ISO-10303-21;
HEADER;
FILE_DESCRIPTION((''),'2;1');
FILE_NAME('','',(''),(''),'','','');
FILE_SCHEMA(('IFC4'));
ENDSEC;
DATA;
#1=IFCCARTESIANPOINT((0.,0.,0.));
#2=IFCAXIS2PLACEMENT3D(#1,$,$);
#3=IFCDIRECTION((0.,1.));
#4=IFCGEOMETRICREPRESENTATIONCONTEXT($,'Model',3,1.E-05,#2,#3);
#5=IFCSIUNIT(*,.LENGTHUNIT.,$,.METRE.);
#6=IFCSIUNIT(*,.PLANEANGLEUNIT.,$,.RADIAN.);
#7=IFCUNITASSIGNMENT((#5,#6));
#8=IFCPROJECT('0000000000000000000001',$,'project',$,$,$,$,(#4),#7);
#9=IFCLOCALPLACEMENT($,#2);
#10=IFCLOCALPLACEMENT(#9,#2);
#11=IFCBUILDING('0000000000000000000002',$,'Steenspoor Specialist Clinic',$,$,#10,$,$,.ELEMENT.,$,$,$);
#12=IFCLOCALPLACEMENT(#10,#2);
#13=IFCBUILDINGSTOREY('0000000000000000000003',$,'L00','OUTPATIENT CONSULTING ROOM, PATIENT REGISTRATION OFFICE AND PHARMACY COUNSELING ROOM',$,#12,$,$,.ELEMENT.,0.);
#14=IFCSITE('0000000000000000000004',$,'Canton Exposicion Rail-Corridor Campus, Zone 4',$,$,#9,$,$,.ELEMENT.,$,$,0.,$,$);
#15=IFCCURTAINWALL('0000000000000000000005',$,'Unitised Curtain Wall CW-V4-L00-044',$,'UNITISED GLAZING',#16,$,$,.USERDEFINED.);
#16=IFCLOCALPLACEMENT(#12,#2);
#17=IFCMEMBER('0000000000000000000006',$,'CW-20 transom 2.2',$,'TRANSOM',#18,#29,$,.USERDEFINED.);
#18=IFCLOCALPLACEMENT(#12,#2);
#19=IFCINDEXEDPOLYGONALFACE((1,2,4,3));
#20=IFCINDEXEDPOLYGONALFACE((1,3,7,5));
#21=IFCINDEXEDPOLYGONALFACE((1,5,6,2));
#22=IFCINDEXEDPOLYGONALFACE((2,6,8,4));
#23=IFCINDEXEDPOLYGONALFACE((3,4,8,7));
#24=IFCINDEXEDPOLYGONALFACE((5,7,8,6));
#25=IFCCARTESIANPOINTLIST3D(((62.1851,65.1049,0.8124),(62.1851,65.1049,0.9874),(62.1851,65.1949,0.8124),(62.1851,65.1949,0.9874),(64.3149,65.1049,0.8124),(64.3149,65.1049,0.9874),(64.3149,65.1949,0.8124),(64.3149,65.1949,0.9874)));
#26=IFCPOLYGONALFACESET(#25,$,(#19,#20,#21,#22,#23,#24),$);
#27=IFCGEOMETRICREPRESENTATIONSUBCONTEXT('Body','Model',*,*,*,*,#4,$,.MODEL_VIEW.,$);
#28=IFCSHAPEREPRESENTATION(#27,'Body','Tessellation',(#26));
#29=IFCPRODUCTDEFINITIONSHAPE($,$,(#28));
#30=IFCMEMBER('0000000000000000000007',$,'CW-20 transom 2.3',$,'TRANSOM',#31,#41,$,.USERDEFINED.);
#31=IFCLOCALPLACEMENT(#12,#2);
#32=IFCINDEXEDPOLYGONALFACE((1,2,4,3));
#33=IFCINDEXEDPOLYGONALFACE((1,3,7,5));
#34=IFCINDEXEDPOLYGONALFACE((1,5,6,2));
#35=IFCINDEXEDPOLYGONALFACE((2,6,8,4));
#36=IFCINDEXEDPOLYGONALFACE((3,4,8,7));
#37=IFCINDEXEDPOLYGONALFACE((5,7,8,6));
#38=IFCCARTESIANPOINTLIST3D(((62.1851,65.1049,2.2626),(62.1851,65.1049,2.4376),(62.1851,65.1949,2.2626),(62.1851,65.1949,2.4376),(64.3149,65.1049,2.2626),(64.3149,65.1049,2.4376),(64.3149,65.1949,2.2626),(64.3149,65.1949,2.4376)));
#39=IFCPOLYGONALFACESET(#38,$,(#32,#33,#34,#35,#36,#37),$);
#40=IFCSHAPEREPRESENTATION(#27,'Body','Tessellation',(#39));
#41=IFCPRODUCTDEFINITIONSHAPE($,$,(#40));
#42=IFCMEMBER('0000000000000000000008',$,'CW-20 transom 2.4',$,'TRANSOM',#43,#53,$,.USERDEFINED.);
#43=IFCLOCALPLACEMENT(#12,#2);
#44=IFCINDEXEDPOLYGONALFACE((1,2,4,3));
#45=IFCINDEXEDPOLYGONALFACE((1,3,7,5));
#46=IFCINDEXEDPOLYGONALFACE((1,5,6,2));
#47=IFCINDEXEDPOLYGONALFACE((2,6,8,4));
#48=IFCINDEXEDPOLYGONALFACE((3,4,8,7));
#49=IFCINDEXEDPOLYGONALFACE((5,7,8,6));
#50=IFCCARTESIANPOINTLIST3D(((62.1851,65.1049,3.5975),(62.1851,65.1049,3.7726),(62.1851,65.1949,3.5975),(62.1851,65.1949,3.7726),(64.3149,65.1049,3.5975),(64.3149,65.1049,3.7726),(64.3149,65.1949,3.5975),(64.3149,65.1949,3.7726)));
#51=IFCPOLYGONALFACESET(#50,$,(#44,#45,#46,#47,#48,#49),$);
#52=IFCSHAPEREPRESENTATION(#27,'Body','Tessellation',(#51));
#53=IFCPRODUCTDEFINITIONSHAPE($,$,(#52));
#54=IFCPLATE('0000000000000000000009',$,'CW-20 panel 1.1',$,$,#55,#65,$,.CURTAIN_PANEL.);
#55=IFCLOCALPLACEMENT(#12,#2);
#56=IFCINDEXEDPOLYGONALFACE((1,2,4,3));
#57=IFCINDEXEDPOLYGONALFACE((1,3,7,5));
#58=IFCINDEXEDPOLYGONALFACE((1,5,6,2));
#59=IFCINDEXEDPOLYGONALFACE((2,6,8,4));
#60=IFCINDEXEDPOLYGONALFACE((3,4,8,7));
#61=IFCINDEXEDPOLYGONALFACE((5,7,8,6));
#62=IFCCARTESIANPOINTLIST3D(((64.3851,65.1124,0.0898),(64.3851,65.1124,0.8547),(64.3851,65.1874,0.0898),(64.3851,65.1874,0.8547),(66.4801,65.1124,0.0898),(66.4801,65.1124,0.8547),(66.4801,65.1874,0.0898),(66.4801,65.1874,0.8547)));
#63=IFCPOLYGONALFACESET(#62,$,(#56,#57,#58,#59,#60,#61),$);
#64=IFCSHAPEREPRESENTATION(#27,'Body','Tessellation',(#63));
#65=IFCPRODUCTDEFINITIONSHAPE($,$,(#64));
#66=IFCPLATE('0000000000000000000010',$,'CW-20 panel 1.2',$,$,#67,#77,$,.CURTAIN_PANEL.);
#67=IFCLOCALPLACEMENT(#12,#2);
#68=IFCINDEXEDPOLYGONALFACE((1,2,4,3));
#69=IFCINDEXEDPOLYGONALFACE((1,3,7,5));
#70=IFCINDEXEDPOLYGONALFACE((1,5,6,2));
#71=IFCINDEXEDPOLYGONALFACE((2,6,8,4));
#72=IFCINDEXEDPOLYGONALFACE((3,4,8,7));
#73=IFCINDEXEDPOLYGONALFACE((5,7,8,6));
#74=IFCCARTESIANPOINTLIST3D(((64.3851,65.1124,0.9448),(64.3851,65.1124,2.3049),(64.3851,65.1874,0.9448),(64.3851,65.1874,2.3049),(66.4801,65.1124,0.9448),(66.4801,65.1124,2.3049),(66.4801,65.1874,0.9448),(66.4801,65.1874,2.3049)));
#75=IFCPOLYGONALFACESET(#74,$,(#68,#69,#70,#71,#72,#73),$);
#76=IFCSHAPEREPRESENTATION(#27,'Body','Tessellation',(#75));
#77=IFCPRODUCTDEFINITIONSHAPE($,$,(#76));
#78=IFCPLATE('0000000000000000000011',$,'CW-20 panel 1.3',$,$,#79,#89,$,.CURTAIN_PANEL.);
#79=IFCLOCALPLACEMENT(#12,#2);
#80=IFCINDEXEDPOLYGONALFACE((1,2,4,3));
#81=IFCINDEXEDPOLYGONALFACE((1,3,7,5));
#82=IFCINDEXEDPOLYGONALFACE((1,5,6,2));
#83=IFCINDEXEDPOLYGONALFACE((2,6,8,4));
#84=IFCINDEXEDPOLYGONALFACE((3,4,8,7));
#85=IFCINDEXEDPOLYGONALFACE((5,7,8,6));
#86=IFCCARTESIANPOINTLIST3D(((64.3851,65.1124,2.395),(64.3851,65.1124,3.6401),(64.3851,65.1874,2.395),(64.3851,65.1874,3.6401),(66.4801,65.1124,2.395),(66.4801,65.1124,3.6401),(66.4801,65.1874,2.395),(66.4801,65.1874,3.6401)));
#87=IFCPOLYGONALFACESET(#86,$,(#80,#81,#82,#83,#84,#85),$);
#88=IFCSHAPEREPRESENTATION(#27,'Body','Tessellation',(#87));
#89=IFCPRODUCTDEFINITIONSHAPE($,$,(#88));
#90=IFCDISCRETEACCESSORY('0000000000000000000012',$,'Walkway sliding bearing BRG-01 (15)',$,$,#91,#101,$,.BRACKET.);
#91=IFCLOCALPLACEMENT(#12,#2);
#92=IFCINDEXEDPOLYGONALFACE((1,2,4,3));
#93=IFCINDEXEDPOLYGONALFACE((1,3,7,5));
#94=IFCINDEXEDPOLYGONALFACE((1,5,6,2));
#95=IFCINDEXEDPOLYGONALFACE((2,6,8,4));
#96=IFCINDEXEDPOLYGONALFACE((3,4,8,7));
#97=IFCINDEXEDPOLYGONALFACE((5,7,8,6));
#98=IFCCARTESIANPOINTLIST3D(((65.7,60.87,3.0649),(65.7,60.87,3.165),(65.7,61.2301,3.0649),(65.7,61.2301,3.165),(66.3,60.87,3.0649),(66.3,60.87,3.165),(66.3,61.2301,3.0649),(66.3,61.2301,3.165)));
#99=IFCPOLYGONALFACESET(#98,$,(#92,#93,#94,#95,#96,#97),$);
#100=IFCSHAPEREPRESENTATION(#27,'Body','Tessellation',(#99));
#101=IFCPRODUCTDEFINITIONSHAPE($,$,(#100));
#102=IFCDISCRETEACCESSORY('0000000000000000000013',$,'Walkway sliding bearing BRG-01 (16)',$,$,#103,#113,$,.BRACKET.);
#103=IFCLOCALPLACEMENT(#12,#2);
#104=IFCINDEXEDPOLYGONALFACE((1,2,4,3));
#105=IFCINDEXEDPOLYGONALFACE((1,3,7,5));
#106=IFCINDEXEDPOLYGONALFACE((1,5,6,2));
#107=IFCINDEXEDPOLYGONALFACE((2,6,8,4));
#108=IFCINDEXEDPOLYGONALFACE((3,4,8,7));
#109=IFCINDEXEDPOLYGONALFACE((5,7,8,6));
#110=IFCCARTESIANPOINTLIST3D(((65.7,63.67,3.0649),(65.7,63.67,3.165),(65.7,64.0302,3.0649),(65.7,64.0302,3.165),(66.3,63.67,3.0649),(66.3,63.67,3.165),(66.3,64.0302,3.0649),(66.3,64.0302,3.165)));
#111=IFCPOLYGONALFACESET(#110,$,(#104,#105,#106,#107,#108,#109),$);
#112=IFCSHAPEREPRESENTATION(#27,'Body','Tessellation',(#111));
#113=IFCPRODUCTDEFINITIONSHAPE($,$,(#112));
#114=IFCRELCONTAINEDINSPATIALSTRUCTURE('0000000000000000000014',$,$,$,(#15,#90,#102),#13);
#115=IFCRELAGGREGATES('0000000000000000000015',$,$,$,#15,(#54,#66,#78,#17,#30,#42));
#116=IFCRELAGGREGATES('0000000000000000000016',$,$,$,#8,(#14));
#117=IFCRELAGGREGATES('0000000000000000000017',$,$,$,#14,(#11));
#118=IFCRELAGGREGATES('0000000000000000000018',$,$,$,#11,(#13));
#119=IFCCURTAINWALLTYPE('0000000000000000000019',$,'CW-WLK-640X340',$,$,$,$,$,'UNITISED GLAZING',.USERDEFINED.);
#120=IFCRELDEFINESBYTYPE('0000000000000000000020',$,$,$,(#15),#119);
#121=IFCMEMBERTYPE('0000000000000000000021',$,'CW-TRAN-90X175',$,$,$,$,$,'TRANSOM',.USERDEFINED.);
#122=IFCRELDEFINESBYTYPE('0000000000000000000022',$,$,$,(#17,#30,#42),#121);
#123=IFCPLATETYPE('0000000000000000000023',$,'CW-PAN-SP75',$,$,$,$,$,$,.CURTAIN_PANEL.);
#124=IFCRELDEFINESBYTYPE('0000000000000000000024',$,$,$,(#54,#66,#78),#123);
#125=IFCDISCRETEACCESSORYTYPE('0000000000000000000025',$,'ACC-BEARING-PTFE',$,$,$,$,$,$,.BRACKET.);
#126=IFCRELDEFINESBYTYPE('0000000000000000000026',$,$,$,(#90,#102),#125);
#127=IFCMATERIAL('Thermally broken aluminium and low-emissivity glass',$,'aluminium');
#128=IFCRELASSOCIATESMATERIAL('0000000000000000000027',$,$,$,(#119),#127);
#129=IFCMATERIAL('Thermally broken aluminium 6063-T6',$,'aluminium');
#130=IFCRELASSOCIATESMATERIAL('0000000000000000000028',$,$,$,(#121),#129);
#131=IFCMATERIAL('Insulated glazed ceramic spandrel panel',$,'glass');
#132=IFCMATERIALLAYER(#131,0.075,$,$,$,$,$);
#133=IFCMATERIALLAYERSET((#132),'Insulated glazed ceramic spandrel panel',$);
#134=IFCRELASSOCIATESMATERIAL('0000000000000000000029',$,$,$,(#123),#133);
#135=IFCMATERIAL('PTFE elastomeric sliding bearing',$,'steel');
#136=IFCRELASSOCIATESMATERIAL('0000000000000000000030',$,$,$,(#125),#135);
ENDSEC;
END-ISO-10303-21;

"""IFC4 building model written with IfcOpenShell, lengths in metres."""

from ifc_helpers import new_model, si_unit, direction, frame, origin, origin_2d, place, context, subcontext, project, spatial, rectangle, extrude, material, layer, layer_set, material_profile, profile_set, type_object, element, aggregate, save


model = new_model("IFC4")

# Units and contexts
model_context = context("Model", 3, precision=1e-05, world=origin(), true_north=direction((0.0, 1.0)))
body_context = subcontext(model_context, "Body", "Model", "MODEL_VIEW")
ifc_project = project(units=[si_unit("LENGTHUNIT", "METRE"), si_unit("PLANEANGLEUNIT", "RADIAN")], contexts=[model_context])

# Site, building, storey
site_placement = place(None, origin())
site = spatial("IfcSite", under=ifc_project, at=site_placement, Name="Canton Exposicion Rail-Corridor Campus, Zone 4", CompositionType="ELEMENT", RefElevation=0.0)
building_placement = place(site_placement, origin())
building = spatial("IfcBuilding", under=site, at=building_placement, Name="Steenspoor Specialist Clinic", CompositionType="ELEMENT")
storey_placement = place(building_placement, origin())
storey = spatial("IfcBuildingStorey", under=building, at=storey_placement, Name="L00", Description="OUTPATIENT CONSULTING ROOM, PATIENT REGISTRATION OFFICE AND PHARMACY COUNSELING ROOM", CompositionType="ELEMENT", Elevation=0.0)

# Curtain wall, members, plates
ifc_material_1 = material(Name="Thermally broken aluminium and low-emissivity glass", Category="aluminium")
curtain_wall_type = type_object("IfcCurtainWallType", Name="CW-WLK-640X340", ElementType="UNITISED GLAZING", PredefinedType="USERDEFINED", material=ifc_material_1)
curtain_wall_placement = place(storey_placement, origin())
curtain_wall = element("IfcCurtainWall", 1, at=curtain_wall_placement, inside=storey, type_object=curtain_wall_type, Name="Unitised Curtain Wall CW-V4-L00-044", ObjectType="UNITISED GLAZING", PredefinedType="USERDEFINED")
ifc_material_2 = material(Name="Thermally broken aluminium 6063-T6", Category="aluminium")
ifc_material_profile_1 = material_profile(ifc_material_2, rectangle(XDim=0.0901, YDim=0.175, at=origin_2d()), Name="CWT-90X175")
ifc_profile_set_1 = profile_set([ifc_material_profile_1], Name="Thermally broken aluminium 6063-T6")
member_type_1 = type_object("IfcMemberType", Name="CW-TRAN-90X175", ElementType="TRANSOM", PredefinedType="USERDEFINED", material=ifc_profile_set_1)
member_1_placement = place(storey_placement, frame((64.3149, 65.1499, 0.8999), z_axis=(-1.0, 0.0, 0.0), x_axis=(0.0, -1.0, 0.0)))
member_1 = element("IfcMember", 2, at=member_1_placement, type_object=member_type_1, Name="CW-20 transom 2.2", ObjectType="TRANSOM", PredefinedType="USERDEFINED", context=body_context, shape_type="SweptSolid", body=[
    extrude(rectangle(XDim=0.0901, YDim=0.175, at=origin_2d()), origin(), (0.0, 0.0, 1.0), 2.1299),
])
member_2_placement = place(storey_placement, frame((64.3149, 65.1499, 2.3501), z_axis=(-1.0, 0.0, 0.0), x_axis=(0.0, -1.0, 0.0)))
member_2 = element("IfcMember", 3, at=member_2_placement, type_object=member_type_1, Name="CW-20 transom 2.3", ObjectType="TRANSOM", PredefinedType="USERDEFINED", context=body_context, shape_type="SweptSolid", body=[
    extrude(rectangle(XDim=0.0901, YDim=0.175, at=origin_2d()), origin(), (0.0, 0.0, 1.0), 2.1299),
])
member_3_placement = place(storey_placement, frame((64.3149, 65.1499, 3.6851), z_axis=(-1.0, 0.0, 0.0), x_axis=(0.0, -1.0, 0.0)))
member_3 = element("IfcMember", 4, at=member_3_placement, type_object=member_type_1, Name="CW-20 transom 2.4", ObjectType="TRANSOM", PredefinedType="USERDEFINED", context=body_context, shape_type="SweptSolid", body=[
    extrude(rectangle(XDim=0.0901, YDim=0.175, at=origin_2d()), origin(), (0.0, 0.0, 1.0), 2.1299),
])
ifc_material_3 = material(Name="Insulated glazed ceramic spandrel panel", Category="glass")
ifc_layer = layer(ifc_material_3, 0.075)
ifc_layer_set = layer_set([ifc_layer], Name="Insulated glazed ceramic spandrel panel")
plate_type = type_object("IfcPlateType", Name="CW-PAN-SP75", PredefinedType="CURTAIN_PANEL", material=ifc_layer_set)
plate_1_placement = place(storey_placement, frame((65.4326, 65.1499, 0.0898), z_axis=(0.0, 0.0, 1.0), x_axis=(-1.0, 0.0, 0.0)))
plate_1 = element("IfcPlate", 5, at=plate_1_placement, type_object=plate_type, Name="CW-20 panel 1.1", PredefinedType="CURTAIN_PANEL", context=body_context, shape_type="SweptSolid", body=[
    extrude(rectangle(XDim=2.095, YDim=0.075, at=origin_2d()), origin(), (0.0, 0.0, 1.0), 0.7649),
])
plate_2_placement = place(storey_placement, frame((65.4326, 65.1499, 0.9448), z_axis=(0.0, 0.0, 1.0), x_axis=(-1.0, 0.0, 0.0)))
plate_2 = element("IfcPlate", 6, at=plate_2_placement, type_object=plate_type, Name="CW-20 panel 1.2", PredefinedType="CURTAIN_PANEL", context=body_context, shape_type="SweptSolid", body=[
    extrude(rectangle(XDim=2.095, YDim=0.075, at=origin_2d()), origin(), (0.0, 0.0, 1.0), 1.3601),
])
plate_3_placement = place(storey_placement, frame((65.4326, 65.1499, 2.395), z_axis=(0.0, 0.0, 1.0), x_axis=(-1.0, 0.0, 0.0)))
plate_3 = element("IfcPlate", 7, at=plate_3_placement, type_object=plate_type, Name="CW-20 panel 1.3", PredefinedType="CURTAIN_PANEL", context=body_context, shape_type="SweptSolid", body=[
    extrude(rectangle(XDim=2.095, YDim=0.075, at=origin_2d()), origin(), (0.0, 0.0, 1.0), 1.2451),
])
aggregate(curtain_wall, [plate_1, plate_2, plate_3, member_1, member_2, member_3])

# Discrete accessories
ifc_material_4 = material(Name="PTFE elastomeric sliding bearing", Category="steel")
discrete_accessory_type = type_object("IfcDiscreteAccessoryType", Name="ACC-BEARING-PTFE", PredefinedType="BRACKET", material=ifc_material_4)
for number, where, z_axis, x_axis, name in (
    (8, (66.0, 61.05, 3.0649), (0.0, 0.0, 1.0), (1.0, 0.0, 0.0), "Walkway sliding bearing BRG-01 (15)"),
    (9, (66.0, 63.8501, 3.0649), (0.0, 0.0, 1.0), (1.0, 0.0, 0.0), "Walkway sliding bearing BRG-01 (16)"),
):
    element("IfcDiscreteAccessory", number, at=place(storey_placement, frame(where, z_axis=z_axis, x_axis=x_axis)), inside=storey, type_object=discrete_accessory_type, Name=name, PredefinedType="BRACKET", context=body_context, shape_type="SweptSolid", body=[
        extrude(rectangle(XDim=0.6001, YDim=0.3601, at=origin_2d()), origin(), (0.0, 0.0, 1.0), 0.1001),
    ])

save(model, "model.ifc")
